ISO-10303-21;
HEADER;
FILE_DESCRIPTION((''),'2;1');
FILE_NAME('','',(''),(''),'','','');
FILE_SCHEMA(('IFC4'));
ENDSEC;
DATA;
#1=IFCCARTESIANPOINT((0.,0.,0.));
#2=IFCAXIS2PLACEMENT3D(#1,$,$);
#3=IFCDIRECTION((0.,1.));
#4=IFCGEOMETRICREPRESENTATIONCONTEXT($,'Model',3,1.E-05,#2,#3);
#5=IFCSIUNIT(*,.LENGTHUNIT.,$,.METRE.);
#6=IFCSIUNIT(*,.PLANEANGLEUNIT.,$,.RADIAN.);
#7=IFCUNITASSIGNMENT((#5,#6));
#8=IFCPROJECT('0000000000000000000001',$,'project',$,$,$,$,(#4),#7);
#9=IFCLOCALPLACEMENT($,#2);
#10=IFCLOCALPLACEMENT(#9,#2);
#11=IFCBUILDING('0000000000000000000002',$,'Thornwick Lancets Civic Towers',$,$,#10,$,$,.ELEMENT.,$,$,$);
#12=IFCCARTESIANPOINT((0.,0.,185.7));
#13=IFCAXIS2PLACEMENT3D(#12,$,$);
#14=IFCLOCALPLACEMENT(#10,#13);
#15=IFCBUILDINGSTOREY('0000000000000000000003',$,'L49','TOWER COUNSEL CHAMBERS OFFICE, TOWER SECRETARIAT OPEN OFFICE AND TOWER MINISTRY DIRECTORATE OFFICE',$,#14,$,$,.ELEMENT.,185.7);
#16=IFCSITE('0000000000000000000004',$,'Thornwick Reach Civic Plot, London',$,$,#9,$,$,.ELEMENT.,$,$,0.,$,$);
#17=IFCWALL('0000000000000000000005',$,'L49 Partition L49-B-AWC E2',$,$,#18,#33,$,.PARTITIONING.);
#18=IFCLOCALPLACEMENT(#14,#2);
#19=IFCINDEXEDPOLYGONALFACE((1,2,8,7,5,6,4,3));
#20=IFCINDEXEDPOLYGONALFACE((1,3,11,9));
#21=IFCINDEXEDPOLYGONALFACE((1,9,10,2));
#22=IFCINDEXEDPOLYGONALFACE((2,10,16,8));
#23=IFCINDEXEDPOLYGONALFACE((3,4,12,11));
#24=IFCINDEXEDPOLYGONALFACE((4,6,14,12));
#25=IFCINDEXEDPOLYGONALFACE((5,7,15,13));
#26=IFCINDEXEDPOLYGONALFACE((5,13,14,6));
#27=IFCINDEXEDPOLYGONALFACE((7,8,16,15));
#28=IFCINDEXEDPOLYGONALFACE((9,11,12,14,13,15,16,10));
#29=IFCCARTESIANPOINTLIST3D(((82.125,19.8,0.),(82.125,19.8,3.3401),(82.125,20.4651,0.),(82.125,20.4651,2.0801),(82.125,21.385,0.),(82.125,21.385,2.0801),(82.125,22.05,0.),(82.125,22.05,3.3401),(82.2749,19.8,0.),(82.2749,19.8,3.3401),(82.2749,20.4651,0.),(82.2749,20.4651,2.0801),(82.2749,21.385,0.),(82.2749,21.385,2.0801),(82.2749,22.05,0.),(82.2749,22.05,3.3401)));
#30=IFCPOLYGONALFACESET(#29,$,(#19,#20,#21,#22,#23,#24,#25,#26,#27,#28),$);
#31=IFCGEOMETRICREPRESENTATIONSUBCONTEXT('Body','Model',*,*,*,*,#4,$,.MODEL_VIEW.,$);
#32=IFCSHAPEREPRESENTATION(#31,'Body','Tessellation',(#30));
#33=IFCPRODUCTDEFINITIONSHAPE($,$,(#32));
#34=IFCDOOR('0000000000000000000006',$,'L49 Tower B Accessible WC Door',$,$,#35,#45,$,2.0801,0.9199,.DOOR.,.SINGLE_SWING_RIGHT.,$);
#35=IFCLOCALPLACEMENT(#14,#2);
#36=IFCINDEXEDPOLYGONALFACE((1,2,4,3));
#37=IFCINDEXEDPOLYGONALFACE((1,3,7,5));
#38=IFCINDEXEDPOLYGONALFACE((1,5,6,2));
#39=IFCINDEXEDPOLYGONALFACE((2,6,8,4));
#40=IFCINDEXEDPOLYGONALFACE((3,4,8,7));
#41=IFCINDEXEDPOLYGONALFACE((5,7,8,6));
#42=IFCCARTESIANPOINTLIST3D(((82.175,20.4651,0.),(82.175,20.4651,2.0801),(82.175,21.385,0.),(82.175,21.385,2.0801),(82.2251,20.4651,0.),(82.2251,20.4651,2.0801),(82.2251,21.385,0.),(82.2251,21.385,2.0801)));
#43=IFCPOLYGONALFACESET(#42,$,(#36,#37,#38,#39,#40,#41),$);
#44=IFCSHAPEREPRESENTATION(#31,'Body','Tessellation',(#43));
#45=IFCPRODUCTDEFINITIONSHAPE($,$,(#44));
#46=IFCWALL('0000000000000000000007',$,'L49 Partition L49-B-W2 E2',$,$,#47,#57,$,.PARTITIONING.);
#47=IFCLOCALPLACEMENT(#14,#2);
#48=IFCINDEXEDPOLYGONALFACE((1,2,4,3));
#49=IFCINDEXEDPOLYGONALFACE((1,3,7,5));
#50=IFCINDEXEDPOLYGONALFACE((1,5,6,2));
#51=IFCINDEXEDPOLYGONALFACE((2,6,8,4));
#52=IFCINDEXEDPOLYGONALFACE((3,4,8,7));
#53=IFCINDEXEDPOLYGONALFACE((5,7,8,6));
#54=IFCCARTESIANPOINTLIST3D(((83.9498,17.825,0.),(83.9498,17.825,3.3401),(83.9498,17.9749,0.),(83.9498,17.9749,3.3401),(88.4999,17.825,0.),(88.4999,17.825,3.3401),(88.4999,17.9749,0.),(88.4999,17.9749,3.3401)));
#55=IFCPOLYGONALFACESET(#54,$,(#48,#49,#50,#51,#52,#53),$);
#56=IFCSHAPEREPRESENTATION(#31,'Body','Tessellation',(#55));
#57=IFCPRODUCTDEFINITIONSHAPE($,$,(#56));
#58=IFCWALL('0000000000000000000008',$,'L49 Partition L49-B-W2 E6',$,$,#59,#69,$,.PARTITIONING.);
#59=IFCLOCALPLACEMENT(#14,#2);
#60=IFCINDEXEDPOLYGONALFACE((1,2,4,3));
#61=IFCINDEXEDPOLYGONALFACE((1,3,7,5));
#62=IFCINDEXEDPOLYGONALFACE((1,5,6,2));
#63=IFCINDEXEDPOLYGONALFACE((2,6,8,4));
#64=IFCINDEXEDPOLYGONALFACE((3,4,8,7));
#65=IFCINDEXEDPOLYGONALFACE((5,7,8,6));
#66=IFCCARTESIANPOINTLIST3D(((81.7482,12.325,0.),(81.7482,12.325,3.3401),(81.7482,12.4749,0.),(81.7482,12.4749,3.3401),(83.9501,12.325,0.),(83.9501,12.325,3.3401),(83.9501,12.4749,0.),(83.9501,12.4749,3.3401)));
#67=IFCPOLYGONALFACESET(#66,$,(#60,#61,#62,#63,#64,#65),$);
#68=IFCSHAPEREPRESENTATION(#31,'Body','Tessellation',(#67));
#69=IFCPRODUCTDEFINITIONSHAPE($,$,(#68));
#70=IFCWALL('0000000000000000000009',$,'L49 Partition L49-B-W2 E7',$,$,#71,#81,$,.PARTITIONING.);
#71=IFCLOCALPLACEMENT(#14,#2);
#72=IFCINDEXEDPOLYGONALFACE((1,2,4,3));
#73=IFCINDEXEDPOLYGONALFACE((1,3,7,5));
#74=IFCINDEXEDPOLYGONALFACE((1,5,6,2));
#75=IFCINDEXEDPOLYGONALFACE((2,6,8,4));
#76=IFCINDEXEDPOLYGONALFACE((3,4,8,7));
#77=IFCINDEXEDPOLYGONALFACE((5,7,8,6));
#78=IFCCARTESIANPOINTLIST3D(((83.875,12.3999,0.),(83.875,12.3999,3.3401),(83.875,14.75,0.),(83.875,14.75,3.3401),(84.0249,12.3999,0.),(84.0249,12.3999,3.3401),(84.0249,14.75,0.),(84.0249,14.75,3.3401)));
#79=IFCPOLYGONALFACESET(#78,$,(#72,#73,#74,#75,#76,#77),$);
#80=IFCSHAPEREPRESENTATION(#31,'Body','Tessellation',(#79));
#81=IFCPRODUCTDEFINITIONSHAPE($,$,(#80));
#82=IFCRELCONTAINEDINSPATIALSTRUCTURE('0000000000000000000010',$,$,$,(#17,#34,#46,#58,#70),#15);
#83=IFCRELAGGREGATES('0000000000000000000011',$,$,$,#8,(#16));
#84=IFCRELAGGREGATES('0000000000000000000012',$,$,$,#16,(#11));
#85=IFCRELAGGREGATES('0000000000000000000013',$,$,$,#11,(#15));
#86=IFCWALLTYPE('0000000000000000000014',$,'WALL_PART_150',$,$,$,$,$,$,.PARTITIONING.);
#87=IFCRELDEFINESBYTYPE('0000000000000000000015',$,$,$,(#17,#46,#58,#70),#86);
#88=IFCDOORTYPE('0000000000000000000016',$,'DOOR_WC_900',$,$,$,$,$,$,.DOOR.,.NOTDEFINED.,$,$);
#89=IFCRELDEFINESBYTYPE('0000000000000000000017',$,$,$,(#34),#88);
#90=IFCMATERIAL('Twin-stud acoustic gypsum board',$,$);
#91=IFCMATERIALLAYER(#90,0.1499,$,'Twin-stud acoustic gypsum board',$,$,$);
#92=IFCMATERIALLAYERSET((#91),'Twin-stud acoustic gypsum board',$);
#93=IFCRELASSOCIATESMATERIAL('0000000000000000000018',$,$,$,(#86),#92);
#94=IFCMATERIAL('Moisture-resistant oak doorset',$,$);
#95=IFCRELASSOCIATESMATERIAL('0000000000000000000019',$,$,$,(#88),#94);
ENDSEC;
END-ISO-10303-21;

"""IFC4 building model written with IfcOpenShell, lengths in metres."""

from ifc_helpers import new_model, si_unit, direction, frame, frame_2d, origin, place, context, subcontext, project, spatial, rectangle, extrude, material, layer, layer_set, type_object, element, fill, save


model = new_model("IFC4")

# Units and contexts
model_context = context("Model", 3, precision=1e-05, world=origin(), true_north=direction((0.0, 1.0)))
body_context = subcontext(model_context, "Body", "Model", "MODEL_VIEW")
ifc_project = project(units=[si_unit("LENGTHUNIT", "METRE"), si_unit("PLANEANGLEUNIT", "RADIAN")], contexts=[model_context])

# Site, building, storey
site_placement = place(None, origin())
site = spatial("IfcSite", under=ifc_project, at=site_placement, Name="Thornwick Reach Civic Plot, London", CompositionType="ELEMENT", RefElevation=0.0)
building_placement = place(site_placement, origin())
building = spatial("IfcBuilding", under=site, at=building_placement, Name="Thornwick Lancets Civic Towers", CompositionType="ELEMENT")
storey_placement = place(building_placement, frame((0.0, 0.0, 185.7)))
storey = spatial("IfcBuildingStorey", under=building, at=storey_placement, Name="L49", Description="TOWER COUNSEL CHAMBERS OFFICE, TOWER SECRETARIAT OPEN OFFICE AND TOWER MINISTRY DIRECTORATE OFFICE", CompositionType="ELEMENT", Elevation=185.7)

# Wall, opening, door
ifc_material_1 = material(Name="Twin-stud acoustic gypsum board")
ifc_layer_1 = layer(ifc_material_1, 0.1499, Name="Twin-stud acoustic gypsum board")
ifc_layer_set_1 = layer_set([ifc_layer_1], Name="Twin-stud acoustic gypsum board")
wall_type_1 = type_object("IfcWallType", Name="WALL_PART_150", PredefinedType="PARTITIONING", material=ifc_layer_set_1)
wall_1_placement = place(storey_placement, frame((82.2, 19.8, 0.0), z_axis=(0.0, 0.0, 1.0), x_axis=(0.0, 1.0, 0.0)))
wall_1 = element("IfcWall", 1, at=wall_1_placement, inside=storey, type_object=wall_type_1, Name="L49 Partition L49-B-AWC E2", PredefinedType="PARTITIONING", context=body_context, shape_type="SweptSolid", body=[
    extrude(rectangle(XDim=2.25, YDim=0.1499, at=frame_2d((1.125, 0.0))), origin(), (0.0, 0.0, 1.0), 3.3401),
])
opening_1_placement = place(wall_1_placement, frame((0.665, 0.0, 0.0)))
opening_1 = element("IfcOpeningElement", 2, at=opening_1_placement, cuts=wall_1, PredefinedType="OPENING", context=body_context, shape_type="SweptSolid", body=[
    extrude(rectangle(XDim=0.9199, YDim=2.0801, at=frame_2d((0.46, 1.04))), frame((0.0, 0.085, 0.0), z_axis=(0.0, -1.0, 0.0), x_axis=(1.0, 0.0, 0.0)), (0.0, 0.0, 1.0), 0.1699),
])
ifc_material_2 = material(Name="Moisture-resistant oak doorset")
door_type_1 = type_object("IfcDoorType", Name="DOOR_WC_900", OperationType="NOTDEFINED", PredefinedType="DOOR", material=ifc_material_2)
door_1_placement = place(opening_1_placement, origin())
door_1 = element("IfcDoor", 3, at=door_1_placement, inside=storey, type_object=door_type_1, Name="L49 Tower B Accessible WC Door", OperationType="SINGLE_SWING_RIGHT", OverallHeight=2.0801, OverallWidth=0.9199, PredefinedType="DOOR", context=body_context, shape_type="SweptSolid", body=[
    extrude(rectangle(XDim=0.9199, YDim=2.0801, at=frame_2d((0.46, 1.04))), frame((0.0, 0.0249, 0.0), z_axis=(0.0, -1.0, 0.0), x_axis=(1.0, 0.0, 0.0)), (0.0, 0.0, 1.0), 0.05),
])
fill(opening_1, door_1)

# Walls
wall_2_placement = place(storey_placement, frame((83.95, 17.8999, 0.0), z_axis=(0.0, 0.0, 1.0), x_axis=(1.0, 0.0, 0.0)))
element("IfcWall", 4, at=wall_2_placement, inside=storey, type_object=wall_type_1, Name="L49 Partition L49-B-W2 E2", PredefinedType="PARTITIONING", context=body_context, shape_type="SweptSolid", body=[
    extrude(rectangle(XDim=4.55, YDim=0.1499, at=frame_2d((2.2749, 0.0))), origin(), (0.0, 0.0, 1.0), 3.3401),
])
wall_3_placement = place(storey_placement, frame((81.748, 12.3999, 0.0), z_axis=(0.0, 0.0, 1.0), x_axis=(1.0, 0.0, 0.0)))
element("IfcWall", 5, at=wall_3_placement, inside=storey, type_object=wall_type_1, Name="L49 Partition L49-B-W2 E6", PredefinedType="PARTITIONING", context=body_context, shape_type="SweptSolid", body=[
    extrude(rectangle(XDim=2.2019, YDim=0.1499, at=frame_2d((1.1011, 0.0))), origin(), (0.0, 0.0, 1.0), 3.3401),
])
wall_4_placement = place(storey_placement, frame((83.95, 12.3999, 0.0), z_axis=(0.0, 0.0, 1.0), x_axis=(0.0, 1.0, 0.0)))
element("IfcWall", 6, at=wall_4_placement, inside=storey, type_object=wall_type_1, Name="L49 Partition L49-B-W2 E7", PredefinedType="PARTITIONING", context=body_context, shape_type="SweptSolid", body=[
    extrude(rectangle(XDim=2.3501, YDim=0.1499, at=frame_2d((1.175, 0.0))), origin(), (0.0, 0.0, 1.0), 3.3401),
])

save(model, "model.ifc")
